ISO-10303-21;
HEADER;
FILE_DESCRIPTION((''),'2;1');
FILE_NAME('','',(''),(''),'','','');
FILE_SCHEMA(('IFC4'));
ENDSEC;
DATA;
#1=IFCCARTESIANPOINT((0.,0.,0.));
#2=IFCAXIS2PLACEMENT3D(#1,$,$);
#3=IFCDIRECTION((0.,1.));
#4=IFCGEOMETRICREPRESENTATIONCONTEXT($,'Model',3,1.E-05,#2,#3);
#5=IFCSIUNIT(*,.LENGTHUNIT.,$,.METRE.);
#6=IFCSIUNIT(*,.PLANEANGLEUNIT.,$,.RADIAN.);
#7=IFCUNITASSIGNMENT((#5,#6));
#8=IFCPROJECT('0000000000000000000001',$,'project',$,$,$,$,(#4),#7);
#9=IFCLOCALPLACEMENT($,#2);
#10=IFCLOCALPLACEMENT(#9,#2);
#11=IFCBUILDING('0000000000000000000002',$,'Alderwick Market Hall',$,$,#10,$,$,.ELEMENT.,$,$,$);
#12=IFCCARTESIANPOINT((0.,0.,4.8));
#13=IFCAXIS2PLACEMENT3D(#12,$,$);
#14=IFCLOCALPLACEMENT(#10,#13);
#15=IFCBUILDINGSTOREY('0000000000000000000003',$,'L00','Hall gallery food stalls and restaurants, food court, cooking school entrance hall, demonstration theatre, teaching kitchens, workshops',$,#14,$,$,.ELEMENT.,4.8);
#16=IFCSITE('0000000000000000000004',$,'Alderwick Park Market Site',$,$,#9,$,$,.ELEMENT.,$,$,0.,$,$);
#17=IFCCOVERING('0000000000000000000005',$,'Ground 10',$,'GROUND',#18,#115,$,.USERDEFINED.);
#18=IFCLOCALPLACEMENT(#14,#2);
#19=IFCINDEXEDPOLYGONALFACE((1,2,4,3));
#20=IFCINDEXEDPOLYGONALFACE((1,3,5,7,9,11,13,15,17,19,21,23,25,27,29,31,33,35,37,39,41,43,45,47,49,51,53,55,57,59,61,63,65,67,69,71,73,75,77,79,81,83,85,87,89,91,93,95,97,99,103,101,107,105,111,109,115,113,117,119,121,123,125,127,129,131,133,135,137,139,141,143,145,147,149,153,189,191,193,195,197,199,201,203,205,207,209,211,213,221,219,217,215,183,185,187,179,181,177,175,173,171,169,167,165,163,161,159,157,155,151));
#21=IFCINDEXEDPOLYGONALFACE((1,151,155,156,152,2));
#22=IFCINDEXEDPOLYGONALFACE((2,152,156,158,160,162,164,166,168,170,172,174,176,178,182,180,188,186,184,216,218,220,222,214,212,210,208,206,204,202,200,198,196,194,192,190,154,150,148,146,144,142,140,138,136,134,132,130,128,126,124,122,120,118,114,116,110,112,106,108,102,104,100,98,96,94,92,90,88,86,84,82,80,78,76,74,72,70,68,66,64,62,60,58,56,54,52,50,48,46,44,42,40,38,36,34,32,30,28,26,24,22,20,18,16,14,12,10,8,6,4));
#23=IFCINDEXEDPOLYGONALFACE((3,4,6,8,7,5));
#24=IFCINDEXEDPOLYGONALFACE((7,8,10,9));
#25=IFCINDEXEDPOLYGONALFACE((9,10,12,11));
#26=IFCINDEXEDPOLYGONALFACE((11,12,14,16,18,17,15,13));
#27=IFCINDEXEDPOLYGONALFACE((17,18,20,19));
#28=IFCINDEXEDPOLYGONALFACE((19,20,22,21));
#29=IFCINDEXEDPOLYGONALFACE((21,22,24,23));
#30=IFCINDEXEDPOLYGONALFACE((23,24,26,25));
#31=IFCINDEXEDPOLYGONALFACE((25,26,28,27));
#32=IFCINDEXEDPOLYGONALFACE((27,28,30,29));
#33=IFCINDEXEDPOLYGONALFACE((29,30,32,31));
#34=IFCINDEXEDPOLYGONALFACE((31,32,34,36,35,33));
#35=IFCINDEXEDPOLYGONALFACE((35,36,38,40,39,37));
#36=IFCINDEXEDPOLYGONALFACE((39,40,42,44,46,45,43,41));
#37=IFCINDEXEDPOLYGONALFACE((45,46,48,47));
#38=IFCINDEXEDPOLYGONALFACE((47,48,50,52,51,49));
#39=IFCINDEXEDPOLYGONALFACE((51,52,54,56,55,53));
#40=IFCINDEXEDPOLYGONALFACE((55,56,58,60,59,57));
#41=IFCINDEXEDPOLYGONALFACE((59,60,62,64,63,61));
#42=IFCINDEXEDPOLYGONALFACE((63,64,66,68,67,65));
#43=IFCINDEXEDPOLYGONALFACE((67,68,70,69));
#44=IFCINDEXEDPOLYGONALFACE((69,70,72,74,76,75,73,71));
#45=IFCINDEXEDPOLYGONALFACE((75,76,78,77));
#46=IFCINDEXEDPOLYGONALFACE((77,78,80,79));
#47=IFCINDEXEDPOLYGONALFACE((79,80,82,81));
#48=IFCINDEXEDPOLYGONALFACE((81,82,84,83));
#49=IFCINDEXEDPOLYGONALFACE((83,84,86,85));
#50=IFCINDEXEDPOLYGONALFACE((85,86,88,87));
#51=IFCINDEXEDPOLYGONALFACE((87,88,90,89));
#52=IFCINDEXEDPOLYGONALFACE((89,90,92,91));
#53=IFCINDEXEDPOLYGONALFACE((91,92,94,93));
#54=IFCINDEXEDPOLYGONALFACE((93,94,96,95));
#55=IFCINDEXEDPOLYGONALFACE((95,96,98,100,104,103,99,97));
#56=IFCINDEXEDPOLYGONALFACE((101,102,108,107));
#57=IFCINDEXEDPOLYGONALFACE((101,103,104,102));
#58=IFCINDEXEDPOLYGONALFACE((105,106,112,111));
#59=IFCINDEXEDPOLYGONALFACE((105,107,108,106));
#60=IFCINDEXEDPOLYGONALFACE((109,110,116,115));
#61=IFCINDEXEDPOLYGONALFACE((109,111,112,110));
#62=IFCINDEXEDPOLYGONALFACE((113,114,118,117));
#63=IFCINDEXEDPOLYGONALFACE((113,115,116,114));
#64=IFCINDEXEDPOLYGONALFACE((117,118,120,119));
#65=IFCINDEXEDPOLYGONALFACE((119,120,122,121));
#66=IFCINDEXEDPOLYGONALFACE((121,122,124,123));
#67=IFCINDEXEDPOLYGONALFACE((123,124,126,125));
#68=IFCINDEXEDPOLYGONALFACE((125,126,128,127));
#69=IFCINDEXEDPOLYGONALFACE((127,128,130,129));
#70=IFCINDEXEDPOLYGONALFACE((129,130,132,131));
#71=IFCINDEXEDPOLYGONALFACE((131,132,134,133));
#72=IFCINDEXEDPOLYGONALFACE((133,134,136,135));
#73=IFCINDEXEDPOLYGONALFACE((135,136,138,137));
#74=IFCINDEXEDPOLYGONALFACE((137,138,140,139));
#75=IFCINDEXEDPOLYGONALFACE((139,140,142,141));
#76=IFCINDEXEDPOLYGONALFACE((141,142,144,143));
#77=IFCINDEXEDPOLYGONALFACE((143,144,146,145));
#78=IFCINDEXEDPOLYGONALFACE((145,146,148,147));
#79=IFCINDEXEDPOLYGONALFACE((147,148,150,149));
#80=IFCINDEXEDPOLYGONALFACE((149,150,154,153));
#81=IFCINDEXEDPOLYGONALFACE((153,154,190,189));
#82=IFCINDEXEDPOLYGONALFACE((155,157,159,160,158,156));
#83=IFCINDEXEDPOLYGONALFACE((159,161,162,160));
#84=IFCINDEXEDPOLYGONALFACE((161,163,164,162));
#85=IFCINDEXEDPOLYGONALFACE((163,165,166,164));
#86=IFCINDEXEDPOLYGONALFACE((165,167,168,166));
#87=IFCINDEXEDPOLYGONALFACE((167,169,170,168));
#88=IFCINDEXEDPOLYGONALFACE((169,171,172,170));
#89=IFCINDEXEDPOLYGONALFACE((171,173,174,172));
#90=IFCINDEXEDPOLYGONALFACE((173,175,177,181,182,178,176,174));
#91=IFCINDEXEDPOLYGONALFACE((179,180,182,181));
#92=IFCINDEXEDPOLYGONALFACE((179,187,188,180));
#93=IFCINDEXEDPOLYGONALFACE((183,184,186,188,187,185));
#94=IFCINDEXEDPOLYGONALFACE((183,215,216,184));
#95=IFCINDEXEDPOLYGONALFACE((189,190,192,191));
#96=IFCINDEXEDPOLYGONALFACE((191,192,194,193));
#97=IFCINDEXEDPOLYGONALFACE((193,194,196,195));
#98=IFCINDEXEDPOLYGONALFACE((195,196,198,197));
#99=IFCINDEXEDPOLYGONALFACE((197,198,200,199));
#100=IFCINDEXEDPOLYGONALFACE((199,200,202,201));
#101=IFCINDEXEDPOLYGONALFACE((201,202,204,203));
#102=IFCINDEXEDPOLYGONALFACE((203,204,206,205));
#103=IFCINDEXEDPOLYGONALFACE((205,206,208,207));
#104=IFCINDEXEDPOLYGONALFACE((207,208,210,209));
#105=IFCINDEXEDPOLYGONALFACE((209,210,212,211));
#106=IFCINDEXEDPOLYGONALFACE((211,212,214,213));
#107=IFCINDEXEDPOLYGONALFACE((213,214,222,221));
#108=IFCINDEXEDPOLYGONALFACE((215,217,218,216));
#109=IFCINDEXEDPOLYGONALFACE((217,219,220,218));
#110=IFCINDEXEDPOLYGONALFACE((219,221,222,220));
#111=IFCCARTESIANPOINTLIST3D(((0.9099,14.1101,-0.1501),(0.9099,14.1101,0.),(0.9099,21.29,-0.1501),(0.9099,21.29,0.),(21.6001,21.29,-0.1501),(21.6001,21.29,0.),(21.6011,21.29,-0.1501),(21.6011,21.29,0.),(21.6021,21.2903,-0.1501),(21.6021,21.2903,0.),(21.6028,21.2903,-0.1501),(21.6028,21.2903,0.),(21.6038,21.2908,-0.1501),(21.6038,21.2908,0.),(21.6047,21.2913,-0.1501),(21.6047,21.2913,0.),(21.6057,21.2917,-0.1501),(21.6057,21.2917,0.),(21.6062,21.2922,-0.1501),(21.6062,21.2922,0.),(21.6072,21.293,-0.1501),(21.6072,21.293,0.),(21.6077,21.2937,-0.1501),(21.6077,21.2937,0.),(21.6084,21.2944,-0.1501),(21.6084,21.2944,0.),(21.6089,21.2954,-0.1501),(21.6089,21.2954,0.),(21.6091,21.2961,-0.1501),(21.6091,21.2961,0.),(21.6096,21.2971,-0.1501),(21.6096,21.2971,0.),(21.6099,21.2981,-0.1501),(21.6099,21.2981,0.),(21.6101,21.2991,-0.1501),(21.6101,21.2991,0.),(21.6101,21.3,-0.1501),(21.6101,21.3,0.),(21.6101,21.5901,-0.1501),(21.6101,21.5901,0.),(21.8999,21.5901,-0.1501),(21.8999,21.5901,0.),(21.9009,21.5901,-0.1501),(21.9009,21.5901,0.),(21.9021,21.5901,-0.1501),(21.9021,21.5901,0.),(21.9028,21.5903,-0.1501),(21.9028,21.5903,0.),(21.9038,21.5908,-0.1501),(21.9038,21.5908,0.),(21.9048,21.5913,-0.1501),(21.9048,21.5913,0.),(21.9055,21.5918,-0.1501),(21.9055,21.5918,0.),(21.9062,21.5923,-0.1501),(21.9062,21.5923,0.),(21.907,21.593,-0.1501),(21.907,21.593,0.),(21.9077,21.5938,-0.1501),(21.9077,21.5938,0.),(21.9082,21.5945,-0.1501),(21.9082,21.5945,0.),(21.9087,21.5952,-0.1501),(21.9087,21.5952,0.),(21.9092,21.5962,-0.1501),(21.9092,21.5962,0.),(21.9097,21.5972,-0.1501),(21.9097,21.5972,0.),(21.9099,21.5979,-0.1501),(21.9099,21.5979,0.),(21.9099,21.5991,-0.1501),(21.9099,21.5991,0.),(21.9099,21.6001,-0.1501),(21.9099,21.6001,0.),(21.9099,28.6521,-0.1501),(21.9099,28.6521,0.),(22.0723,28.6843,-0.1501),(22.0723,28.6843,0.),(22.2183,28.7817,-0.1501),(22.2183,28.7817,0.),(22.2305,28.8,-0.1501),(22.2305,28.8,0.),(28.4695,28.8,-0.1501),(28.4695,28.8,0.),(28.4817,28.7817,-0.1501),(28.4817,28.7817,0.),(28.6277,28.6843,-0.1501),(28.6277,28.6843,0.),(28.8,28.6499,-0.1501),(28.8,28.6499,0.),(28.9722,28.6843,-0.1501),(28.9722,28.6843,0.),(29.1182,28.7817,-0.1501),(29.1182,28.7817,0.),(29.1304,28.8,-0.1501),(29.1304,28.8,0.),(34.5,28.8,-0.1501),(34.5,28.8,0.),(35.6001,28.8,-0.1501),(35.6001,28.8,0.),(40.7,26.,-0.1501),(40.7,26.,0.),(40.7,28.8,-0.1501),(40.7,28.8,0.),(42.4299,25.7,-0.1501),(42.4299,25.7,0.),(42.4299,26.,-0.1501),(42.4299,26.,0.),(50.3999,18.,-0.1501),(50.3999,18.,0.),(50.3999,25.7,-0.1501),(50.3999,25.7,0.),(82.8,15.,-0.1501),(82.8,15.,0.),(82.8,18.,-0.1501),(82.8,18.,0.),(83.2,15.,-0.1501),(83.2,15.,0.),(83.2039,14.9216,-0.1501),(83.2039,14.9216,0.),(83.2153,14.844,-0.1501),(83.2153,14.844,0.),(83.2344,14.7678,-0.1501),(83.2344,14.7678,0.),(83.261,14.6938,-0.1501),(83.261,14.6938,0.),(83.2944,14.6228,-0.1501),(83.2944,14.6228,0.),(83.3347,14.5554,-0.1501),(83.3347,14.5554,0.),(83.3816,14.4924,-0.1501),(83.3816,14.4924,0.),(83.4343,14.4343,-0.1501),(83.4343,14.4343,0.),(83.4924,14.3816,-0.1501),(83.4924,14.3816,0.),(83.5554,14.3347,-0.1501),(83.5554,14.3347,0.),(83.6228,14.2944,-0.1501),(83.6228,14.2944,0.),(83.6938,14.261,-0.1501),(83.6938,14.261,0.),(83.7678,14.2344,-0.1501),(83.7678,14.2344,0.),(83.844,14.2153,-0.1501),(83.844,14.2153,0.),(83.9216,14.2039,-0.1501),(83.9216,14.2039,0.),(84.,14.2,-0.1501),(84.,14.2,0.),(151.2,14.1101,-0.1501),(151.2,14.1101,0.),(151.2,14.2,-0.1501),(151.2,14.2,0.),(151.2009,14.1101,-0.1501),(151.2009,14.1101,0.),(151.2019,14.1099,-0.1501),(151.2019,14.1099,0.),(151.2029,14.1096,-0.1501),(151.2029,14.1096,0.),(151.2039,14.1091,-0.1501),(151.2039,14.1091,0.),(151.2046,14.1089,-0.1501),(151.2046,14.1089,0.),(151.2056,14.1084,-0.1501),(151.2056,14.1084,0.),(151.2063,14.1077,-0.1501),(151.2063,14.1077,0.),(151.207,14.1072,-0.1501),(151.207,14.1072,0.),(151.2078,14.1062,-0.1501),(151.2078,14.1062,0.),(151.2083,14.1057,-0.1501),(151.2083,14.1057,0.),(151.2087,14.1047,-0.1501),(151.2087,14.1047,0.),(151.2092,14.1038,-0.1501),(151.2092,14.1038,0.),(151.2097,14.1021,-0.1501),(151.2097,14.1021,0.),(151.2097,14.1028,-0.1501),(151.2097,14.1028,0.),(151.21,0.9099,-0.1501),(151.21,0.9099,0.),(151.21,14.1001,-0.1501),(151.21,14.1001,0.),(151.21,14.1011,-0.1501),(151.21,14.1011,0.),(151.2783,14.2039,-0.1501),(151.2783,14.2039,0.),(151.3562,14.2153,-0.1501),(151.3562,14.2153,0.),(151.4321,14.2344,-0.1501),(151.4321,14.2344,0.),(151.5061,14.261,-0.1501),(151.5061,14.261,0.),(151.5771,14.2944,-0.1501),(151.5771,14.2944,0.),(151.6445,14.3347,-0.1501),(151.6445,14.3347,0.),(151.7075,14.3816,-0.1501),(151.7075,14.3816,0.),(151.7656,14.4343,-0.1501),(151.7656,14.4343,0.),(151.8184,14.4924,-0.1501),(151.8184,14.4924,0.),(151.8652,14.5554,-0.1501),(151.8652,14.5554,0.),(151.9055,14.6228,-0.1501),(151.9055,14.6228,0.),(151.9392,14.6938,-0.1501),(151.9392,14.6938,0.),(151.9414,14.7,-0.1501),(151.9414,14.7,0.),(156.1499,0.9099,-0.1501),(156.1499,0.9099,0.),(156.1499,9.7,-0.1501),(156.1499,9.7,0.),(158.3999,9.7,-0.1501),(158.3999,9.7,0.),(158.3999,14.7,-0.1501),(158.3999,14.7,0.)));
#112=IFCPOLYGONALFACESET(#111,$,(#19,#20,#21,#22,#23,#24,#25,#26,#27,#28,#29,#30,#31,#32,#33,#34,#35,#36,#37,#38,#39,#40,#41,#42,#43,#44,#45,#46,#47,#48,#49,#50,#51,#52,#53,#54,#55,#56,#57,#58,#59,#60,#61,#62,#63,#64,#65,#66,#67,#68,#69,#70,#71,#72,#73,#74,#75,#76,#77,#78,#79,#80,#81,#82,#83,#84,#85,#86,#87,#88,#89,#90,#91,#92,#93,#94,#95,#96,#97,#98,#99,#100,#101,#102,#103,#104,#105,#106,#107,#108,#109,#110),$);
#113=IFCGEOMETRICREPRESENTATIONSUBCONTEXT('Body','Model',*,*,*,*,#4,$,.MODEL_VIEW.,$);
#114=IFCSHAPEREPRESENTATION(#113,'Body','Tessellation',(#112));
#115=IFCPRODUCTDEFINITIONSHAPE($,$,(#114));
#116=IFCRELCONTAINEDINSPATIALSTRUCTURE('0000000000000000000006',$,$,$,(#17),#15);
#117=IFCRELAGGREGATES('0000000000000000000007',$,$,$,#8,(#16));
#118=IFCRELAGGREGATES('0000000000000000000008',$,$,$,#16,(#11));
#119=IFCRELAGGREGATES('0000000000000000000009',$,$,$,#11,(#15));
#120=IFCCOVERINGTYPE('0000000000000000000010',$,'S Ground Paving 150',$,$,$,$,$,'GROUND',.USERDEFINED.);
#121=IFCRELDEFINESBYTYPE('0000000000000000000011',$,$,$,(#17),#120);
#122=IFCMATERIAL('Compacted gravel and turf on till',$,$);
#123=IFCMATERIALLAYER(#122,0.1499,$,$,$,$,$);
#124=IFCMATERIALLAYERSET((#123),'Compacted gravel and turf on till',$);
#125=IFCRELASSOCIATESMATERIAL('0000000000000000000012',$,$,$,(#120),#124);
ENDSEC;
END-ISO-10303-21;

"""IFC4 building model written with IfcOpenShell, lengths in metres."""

from ifc_helpers import new_model, si_unit, direction, frame, origin, place, context, subcontext, project, spatial, polyline, outline, extrude, material, layer, layer_set, type_object, element, save


model = new_model("IFC4")

# Units and contexts
model_context = context("Model", 3, precision=1e-05, world=origin(), true_north=direction((0.0, 1.0)))
body_context = subcontext(model_context, "Body", "Model", "MODEL_VIEW")
ifc_project = project(units=[si_unit("LENGTHUNIT", "METRE"), si_unit("PLANEANGLEUNIT", "RADIAN")], contexts=[model_context])

# Site, building, storey
site_placement = place(None, origin())
site = spatial("IfcSite", under=ifc_project, at=site_placement, Name="Alderwick Park Market Site", CompositionType="ELEMENT", RefElevation=0.0)
building_placement = place(site_placement, origin())
building = spatial("IfcBuilding", under=site, at=building_placement, Name="Alderwick Market Hall", CompositionType="ELEMENT")
storey_placement = place(building_placement, frame((0.0, 0.0, 4.8)))
storey = spatial("IfcBuildingStorey", under=building, at=storey_placement, Name="L00", Description="Hall gallery food stalls and restaurants, food court, cooking school entrance hall, demonstration theatre, teaching kitchens, workshops", CompositionType="ELEMENT", Elevation=4.8)

# Covering
ifc_material_1 = material(Name="Compacted gravel and turf on till")
ifc_layer_1 = layer(ifc_material_1, 0.1499)
ifc_layer_set_1 = layer_set([ifc_layer_1], Name="Compacted gravel and turf on till")
covering_type = type_object("IfcCoveringType", Name="S Ground Paving 150", ElementType="GROUND", PredefinedType="USERDEFINED", material=ifc_layer_set_1)
covering_1_placement = place(storey_placement, frame((0.0, 0.0, -0.1501)))
element("IfcCovering", 1, at=covering_1_placement, inside=storey, type_object=covering_type, Name="Ground 10", ObjectType="GROUND", PredefinedType="USERDEFINED", context=body_context, shape_type="SweptSolid", body=[
    extrude(outline(polyline([(82.8, 18.0), (50.3999, 18.0), (50.3999, 25.7), (42.4299, 25.7), (42.4299, 26.0), (40.7, 26.0), (40.7, 28.8), (35.6001, 28.8), (34.5, 28.8), (29.1304, 28.8), (29.1182, 28.7817), (28.9722, 28.6843), (28.8, 28.6499), (28.6277, 28.6843), (28.4817, 28.7817), (28.4695, 28.8), (22.2305, 28.8), (22.2183, 28.7817), (22.0723, 28.6843), (21.9099, 28.6521), (21.9099, 21.6001), (21.9099, 21.5991), (21.9099, 21.5979), (21.9097, 21.5972), (21.9092, 21.5962), (21.9087, 21.5952), (21.9082, 21.5945), (21.9077, 21.5938), (21.907, 21.593), (21.9062, 21.5923), (21.9055, 21.5918), (21.9048, 21.5913), (21.9038, 21.5908), (21.9028, 21.5903), (21.9021, 21.5901), (21.9009, 21.5901), (21.8999, 21.5901), (21.6101, 21.5901), (21.6101, 21.3), (21.6101, 21.2991), (21.6099, 21.2981), (21.6096, 21.2971), (21.6091, 21.2961), (21.6089, 21.2954), (21.6084, 21.2944), (21.6077, 21.2937), (21.6072, 21.293), (21.6062, 21.2922), (21.6057, 21.2917), (21.6047, 21.2913), (21.6038, 21.2908), (21.6028, 21.2903), (21.6021, 21.2903), (21.6011, 21.29), (21.6001, 21.29), (0.9099, 21.29), (0.9099, 14.1101), (151.2, 14.1101), (151.2009, 14.1101), (151.2019, 14.1099), (151.2029, 14.1096), (151.2039, 14.1091), (151.2046, 14.1089), (151.2056, 14.1084), (151.2063, 14.1077), (151.207, 14.1072), (151.2078, 14.1062), (151.2083, 14.1057), (151.2087, 14.1047), (151.2092, 14.1038), (151.2097, 14.1028), (151.2097, 14.1021), (151.21, 14.1011), (151.21, 14.1001), (151.21, 0.9099), (156.1499, 0.9099), (156.1499, 9.7), (158.3999, 9.7), (158.3999, 14.7), (151.9414, 14.7), (151.9392, 14.6938), (151.9055, 14.6228), (151.8652, 14.5554), (151.8184, 14.4924), (151.7656, 14.4343), (151.7075, 14.3816), (151.6445, 14.3347), (151.5771, 14.2944), (151.5061, 14.261), (151.4321, 14.2344), (151.3562, 14.2153), (151.2783, 14.2039), (151.2, 14.2), (84.0, 14.2), (83.9216, 14.2039), (83.844, 14.2153), (83.7678, 14.2344), (83.6938, 14.261), (83.6228, 14.2944), (83.5554, 14.3347), (83.4924, 14.3816), (83.4343, 14.4343), (83.3816, 14.4924), (83.3347, 14.5554), (83.2944, 14.6228), (83.261, 14.6938), (83.2344, 14.7678), (83.2153, 14.844), (83.2039, 14.9216), (83.2, 15.0), (82.8, 15.0), (82.8, 18.0)])), origin(), (0.0, 0.0, 1.0), 0.1501),
])

save(model, "model.ifc")
